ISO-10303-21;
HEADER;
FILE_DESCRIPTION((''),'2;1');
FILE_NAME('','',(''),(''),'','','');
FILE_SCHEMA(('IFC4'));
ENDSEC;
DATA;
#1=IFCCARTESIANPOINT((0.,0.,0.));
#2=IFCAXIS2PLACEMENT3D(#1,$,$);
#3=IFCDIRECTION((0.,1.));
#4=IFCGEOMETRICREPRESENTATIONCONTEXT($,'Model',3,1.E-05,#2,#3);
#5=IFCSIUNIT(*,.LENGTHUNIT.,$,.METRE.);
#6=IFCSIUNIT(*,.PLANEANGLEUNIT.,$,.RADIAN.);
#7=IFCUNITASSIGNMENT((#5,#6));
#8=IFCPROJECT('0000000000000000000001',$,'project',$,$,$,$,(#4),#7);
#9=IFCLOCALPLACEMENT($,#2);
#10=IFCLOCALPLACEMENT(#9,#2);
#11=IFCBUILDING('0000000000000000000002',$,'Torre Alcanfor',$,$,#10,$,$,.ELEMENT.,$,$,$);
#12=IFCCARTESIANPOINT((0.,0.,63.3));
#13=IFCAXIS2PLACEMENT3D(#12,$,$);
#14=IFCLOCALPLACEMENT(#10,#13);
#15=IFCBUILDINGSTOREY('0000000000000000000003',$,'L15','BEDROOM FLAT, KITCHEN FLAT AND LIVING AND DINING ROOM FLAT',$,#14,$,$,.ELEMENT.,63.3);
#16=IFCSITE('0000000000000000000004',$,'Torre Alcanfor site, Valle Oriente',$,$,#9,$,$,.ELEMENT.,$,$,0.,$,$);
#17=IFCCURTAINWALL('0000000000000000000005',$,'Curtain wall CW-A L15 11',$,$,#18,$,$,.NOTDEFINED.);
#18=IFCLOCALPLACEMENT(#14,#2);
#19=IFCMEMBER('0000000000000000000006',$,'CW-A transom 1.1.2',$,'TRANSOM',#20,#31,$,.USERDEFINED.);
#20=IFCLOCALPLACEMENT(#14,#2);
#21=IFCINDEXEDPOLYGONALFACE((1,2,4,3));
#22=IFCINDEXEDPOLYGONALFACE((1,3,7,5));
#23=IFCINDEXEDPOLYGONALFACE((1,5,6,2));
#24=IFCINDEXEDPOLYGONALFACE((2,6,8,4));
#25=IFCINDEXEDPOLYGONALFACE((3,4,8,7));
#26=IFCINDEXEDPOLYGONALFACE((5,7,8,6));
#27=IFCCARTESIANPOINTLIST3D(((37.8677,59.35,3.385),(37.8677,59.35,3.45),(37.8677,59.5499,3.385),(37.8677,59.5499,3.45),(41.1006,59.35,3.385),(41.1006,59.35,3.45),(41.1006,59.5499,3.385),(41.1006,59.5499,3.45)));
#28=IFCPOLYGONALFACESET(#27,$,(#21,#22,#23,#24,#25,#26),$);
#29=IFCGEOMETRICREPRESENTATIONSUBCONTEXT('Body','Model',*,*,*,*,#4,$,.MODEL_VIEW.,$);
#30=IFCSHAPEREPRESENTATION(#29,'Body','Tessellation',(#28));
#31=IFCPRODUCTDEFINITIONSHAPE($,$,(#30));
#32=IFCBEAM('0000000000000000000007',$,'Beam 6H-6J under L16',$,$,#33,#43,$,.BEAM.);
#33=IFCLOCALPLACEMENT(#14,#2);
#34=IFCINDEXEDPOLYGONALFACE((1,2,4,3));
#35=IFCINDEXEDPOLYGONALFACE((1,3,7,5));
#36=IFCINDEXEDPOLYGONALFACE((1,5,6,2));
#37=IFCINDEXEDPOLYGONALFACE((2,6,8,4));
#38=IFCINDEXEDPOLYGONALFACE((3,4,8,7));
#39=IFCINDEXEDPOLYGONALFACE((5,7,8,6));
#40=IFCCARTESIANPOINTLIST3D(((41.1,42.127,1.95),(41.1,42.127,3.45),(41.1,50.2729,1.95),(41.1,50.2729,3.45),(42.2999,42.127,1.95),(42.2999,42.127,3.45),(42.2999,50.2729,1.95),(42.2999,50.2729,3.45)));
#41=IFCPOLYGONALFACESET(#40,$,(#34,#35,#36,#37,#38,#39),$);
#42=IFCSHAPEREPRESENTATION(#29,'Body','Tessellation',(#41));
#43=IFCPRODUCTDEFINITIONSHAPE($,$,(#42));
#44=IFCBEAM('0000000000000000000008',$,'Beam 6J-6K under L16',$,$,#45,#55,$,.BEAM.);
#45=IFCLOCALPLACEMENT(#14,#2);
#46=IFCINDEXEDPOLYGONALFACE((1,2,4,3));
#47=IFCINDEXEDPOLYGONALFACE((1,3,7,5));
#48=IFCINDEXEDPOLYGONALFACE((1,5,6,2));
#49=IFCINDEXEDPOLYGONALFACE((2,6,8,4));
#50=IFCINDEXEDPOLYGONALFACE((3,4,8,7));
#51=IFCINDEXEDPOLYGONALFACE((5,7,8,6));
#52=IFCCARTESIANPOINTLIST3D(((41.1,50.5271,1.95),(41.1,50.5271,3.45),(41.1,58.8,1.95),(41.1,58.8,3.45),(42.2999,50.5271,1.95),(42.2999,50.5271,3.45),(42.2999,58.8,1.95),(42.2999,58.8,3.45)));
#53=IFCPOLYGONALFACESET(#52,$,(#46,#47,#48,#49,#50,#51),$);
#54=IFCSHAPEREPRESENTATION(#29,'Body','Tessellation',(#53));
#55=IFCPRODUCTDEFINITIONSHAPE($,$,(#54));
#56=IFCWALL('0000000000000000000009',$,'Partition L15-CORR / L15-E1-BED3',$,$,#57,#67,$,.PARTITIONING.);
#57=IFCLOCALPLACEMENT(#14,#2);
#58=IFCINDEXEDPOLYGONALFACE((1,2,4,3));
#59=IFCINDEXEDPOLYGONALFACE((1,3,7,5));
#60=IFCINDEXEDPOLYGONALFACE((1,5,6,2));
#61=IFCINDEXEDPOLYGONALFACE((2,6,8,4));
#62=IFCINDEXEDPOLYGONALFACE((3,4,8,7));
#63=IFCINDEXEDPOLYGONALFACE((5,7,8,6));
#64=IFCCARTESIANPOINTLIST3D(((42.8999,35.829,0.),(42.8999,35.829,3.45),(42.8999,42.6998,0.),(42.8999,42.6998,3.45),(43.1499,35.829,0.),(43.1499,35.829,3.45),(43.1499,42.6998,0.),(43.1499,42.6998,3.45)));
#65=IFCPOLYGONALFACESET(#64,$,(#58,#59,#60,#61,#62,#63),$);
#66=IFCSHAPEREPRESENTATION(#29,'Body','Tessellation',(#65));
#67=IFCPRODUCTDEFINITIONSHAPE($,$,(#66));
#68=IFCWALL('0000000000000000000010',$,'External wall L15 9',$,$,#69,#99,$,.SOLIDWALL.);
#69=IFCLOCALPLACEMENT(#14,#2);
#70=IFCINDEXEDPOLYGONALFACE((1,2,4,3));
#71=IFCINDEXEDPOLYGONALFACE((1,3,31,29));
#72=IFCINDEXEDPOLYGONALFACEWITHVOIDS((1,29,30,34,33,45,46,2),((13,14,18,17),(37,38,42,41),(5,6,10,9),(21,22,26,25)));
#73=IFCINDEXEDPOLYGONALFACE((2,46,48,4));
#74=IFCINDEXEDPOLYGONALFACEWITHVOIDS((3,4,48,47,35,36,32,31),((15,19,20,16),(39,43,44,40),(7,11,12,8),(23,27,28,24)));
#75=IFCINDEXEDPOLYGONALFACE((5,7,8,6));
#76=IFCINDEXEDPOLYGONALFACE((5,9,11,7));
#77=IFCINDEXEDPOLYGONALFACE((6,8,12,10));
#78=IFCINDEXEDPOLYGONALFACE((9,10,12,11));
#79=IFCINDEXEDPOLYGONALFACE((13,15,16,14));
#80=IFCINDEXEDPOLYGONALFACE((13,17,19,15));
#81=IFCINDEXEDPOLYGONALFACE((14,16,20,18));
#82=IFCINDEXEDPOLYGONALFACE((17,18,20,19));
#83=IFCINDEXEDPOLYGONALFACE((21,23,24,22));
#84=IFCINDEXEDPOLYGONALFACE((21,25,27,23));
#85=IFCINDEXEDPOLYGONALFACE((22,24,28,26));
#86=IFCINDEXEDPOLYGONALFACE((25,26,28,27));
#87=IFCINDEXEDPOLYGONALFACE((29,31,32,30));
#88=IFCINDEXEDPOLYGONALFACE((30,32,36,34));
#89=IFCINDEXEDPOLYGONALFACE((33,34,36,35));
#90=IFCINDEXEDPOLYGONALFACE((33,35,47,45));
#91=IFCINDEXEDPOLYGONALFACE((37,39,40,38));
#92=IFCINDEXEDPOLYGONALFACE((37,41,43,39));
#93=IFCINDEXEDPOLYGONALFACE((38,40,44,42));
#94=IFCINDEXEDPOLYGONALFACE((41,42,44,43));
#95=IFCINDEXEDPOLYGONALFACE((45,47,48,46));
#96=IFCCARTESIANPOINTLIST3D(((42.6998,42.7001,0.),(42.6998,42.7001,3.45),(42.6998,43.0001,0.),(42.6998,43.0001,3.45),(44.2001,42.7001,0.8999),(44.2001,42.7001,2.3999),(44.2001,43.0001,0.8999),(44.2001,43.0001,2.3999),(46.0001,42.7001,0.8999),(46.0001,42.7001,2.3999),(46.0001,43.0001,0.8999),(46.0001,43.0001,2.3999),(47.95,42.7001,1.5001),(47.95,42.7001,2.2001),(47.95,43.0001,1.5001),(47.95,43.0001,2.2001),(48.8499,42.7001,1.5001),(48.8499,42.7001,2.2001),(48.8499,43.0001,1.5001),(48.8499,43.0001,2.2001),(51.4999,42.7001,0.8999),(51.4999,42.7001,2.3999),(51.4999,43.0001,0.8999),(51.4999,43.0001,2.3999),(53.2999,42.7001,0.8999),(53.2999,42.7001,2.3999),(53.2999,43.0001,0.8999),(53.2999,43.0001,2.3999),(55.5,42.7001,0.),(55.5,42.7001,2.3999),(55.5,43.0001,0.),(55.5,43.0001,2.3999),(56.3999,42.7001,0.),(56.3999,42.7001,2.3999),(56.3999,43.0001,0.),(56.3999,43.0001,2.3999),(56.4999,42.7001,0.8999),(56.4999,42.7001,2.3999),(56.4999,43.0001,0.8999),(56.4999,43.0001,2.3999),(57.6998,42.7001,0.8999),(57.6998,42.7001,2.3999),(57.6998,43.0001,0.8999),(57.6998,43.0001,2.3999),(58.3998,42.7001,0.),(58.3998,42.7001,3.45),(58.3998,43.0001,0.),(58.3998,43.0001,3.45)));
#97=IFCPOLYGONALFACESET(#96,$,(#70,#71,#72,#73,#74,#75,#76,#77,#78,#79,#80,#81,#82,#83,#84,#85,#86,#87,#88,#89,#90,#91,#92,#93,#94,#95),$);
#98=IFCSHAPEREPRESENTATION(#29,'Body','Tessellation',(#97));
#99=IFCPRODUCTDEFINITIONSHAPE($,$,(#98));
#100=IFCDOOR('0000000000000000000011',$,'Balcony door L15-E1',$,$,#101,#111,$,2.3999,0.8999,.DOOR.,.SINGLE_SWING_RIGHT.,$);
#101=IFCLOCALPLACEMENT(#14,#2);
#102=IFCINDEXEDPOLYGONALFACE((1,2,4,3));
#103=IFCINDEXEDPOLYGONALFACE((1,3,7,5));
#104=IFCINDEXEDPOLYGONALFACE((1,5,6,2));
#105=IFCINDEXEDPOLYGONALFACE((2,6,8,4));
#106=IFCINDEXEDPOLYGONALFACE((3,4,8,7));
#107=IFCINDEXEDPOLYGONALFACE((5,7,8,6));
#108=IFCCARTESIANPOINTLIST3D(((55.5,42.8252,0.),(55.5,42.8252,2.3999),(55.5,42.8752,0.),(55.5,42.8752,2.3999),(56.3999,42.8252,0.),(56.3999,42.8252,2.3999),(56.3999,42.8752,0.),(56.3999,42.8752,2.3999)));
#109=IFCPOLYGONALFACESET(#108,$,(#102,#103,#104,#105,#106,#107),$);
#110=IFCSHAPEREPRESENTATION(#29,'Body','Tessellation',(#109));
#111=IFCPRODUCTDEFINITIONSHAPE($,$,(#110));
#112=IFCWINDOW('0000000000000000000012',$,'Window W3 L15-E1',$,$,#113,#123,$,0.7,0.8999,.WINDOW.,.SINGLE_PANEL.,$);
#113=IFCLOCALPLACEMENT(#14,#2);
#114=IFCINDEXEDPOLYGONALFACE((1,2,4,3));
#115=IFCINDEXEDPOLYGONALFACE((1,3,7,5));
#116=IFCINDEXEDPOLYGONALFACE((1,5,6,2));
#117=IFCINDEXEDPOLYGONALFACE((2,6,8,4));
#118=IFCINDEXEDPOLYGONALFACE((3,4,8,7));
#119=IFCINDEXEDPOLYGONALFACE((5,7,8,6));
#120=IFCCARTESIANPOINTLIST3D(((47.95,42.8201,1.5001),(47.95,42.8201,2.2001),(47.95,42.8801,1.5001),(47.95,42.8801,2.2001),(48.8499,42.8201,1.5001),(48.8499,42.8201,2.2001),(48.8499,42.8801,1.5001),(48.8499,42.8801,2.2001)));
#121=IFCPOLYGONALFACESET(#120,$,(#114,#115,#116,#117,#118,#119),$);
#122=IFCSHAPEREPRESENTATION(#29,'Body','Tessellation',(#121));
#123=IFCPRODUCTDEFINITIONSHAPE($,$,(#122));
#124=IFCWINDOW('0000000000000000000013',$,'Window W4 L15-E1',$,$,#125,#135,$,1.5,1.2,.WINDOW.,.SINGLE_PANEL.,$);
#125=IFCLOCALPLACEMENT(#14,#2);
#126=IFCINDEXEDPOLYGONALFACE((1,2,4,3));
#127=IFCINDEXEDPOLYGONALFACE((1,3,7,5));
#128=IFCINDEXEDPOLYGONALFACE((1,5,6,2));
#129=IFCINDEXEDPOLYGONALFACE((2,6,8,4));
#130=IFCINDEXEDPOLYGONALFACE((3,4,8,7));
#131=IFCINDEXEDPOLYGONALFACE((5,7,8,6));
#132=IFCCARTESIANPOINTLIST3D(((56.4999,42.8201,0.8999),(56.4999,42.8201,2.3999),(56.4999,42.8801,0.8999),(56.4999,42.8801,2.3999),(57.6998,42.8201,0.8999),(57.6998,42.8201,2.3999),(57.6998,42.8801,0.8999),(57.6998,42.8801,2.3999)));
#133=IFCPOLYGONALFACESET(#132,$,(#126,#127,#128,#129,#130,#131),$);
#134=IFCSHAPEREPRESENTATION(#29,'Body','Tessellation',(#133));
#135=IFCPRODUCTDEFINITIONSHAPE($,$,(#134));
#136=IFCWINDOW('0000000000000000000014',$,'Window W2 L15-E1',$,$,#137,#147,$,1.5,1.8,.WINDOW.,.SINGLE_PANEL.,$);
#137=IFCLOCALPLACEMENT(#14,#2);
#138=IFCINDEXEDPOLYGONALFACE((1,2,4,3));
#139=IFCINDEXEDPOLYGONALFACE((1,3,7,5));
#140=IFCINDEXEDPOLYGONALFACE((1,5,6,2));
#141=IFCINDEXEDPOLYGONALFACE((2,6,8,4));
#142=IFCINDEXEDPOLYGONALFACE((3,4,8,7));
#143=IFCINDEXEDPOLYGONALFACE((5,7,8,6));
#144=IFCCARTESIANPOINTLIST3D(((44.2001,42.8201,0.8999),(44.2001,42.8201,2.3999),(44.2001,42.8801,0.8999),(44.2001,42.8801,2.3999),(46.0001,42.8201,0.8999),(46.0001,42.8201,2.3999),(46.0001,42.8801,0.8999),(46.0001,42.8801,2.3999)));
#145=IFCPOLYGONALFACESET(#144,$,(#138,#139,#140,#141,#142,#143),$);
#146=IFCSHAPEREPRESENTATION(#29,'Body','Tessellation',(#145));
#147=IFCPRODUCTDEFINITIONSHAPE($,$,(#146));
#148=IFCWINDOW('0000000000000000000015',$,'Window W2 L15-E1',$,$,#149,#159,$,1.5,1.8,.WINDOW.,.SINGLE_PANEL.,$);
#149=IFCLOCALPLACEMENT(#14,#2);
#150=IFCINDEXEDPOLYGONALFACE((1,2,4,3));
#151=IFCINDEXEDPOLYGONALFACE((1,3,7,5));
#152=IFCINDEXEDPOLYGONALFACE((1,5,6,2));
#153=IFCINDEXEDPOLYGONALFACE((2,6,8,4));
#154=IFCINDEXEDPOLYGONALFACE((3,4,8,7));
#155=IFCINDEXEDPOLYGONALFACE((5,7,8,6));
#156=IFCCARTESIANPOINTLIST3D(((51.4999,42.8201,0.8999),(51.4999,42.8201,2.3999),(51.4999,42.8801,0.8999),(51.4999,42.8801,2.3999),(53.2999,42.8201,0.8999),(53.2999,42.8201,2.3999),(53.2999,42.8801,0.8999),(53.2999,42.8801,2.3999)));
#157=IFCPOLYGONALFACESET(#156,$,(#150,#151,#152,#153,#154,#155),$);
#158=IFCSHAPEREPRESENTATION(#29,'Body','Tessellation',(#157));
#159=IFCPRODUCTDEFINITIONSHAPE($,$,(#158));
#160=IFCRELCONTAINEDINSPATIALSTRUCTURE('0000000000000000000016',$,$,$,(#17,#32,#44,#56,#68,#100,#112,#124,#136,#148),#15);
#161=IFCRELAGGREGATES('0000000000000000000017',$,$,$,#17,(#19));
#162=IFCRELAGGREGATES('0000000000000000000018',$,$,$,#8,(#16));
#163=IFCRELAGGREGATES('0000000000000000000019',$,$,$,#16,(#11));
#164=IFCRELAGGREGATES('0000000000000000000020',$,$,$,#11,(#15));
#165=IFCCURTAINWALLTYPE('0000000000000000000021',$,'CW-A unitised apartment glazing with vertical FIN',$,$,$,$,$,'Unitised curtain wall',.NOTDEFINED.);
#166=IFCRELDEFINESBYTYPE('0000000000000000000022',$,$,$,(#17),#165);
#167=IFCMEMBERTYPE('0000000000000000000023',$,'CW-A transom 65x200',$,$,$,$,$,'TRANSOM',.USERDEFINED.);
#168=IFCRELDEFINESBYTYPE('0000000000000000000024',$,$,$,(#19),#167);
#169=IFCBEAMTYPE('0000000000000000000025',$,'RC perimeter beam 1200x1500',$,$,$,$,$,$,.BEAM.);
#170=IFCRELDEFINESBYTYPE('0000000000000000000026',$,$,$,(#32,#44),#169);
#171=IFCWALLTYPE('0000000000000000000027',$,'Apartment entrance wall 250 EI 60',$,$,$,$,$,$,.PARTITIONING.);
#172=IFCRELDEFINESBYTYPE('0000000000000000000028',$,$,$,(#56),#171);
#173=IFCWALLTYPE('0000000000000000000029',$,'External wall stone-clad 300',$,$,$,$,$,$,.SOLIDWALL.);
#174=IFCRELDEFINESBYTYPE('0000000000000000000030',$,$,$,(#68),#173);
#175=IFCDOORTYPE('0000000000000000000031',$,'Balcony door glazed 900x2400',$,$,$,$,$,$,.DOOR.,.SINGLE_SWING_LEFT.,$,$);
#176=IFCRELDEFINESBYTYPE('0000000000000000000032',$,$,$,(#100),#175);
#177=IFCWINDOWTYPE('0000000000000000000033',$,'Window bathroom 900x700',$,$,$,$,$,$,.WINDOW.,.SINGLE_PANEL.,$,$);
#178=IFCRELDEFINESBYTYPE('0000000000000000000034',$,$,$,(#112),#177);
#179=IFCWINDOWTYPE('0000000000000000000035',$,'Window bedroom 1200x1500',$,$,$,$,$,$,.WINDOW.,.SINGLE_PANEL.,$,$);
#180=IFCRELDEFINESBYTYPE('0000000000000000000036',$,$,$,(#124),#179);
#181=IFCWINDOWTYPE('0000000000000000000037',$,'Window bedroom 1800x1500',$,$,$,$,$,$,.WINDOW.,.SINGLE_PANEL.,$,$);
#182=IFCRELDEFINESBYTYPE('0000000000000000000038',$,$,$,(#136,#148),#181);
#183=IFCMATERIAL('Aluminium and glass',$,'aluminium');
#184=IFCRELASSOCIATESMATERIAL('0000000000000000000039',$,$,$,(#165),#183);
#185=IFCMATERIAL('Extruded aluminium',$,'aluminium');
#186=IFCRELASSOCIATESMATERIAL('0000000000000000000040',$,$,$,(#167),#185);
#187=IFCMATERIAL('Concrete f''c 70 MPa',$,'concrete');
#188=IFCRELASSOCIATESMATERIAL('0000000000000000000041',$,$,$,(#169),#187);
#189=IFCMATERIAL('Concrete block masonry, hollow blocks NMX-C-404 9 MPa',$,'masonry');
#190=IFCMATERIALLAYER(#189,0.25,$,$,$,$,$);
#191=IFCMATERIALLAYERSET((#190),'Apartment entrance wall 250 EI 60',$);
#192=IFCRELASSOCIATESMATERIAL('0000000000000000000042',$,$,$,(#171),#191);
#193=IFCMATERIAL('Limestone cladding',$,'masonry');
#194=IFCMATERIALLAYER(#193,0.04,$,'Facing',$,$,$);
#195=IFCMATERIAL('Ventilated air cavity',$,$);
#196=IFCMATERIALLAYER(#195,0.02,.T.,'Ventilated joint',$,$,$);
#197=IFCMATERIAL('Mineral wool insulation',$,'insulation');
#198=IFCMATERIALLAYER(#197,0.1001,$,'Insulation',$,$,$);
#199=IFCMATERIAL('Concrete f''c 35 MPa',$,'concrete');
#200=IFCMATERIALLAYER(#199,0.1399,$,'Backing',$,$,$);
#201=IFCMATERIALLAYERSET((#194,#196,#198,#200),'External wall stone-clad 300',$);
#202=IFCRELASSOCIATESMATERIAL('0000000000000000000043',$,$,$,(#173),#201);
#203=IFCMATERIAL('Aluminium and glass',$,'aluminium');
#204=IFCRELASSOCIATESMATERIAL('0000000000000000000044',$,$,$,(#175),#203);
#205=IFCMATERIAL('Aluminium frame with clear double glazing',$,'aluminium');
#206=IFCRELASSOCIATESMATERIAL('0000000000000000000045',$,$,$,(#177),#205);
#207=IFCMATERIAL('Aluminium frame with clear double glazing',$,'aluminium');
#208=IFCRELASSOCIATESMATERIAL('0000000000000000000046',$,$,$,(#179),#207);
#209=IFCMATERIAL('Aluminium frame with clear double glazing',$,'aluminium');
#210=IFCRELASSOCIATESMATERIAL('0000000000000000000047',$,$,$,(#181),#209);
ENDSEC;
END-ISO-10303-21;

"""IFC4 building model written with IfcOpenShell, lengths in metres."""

from ifc_helpers import new_model, si_unit, direction, frame, frame_2d, origin, origin_2d, place, context, subcontext, project, spatial, rectangle, extrude, material, layer, layer_set, material_profile, profile_set, type_object, element, fill, aggregate, save


model = new_model("IFC4")

# Units and contexts
model_context = context("Model", 3, precision=1e-05, world=origin(), true_north=direction((0.0, 1.0)))
body_context = subcontext(model_context, "Body", "Model", "MODEL_VIEW")
ifc_project = project(units=[si_unit("LENGTHUNIT", "METRE"), si_unit("PLANEANGLEUNIT", "RADIAN")], contexts=[model_context])

# Site, building, storey
site_placement = place(None, origin())
site = spatial("IfcSite", under=ifc_project, at=site_placement, Name="Torre Alcanfor site, Valle Oriente", CompositionType="ELEMENT", RefElevation=0.0)
building_placement = place(site_placement, origin())
building = spatial("IfcBuilding", under=site, at=building_placement, Name="Torre Alcanfor", CompositionType="ELEMENT")
storey_placement = place(building_placement, frame((0.0, 0.0, 63.3)))
storey = spatial("IfcBuildingStorey", under=building, at=storey_placement, Name="L15", Description="BEDROOM FLAT, KITCHEN FLAT AND LIVING AND DINING ROOM FLAT", CompositionType="ELEMENT", Elevation=63.3)

# Curtain wall, member
ifc_material_1 = material(Name="Aluminium and glass", Category="aluminium")
curtain_wall_type = type_object("IfcCurtainWallType", Name="CW-A unitised apartment glazing with vertical FIN", ElementType="Unitised curtain wall", PredefinedType="NOTDEFINED", material=ifc_material_1)
curtain_wall_placement = place(storey_placement, origin())
curtain_wall = element("IfcCurtainWall", 1, at=curtain_wall_placement, inside=storey, type_object=curtain_wall_type, Name="Curtain wall CW-A L15 11", PredefinedType="NOTDEFINED")
ifc_material_2 = material(Name="Extruded aluminium", Category="aluminium")
ifc_material_profile_1 = material_profile(ifc_material_2, rectangle(XDim=0.2, YDim=0.0649, at=origin_2d()), Name="CW-A transom 200x65")
ifc_profile_set_1 = profile_set([ifc_material_profile_1], Name="Extruded aluminium")
member_type_1 = type_object("IfcMemberType", Name="CW-A transom 65x200", ElementType="TRANSOM", PredefinedType="USERDEFINED", material=ifc_profile_set_1)
member_1_placement = place(storey_placement, frame((41.1006, 59.45, 3.4175), z_axis=(-1.0, 0.0, 0.0), x_axis=(0.0, -1.0, 0.0)))
member_1 = element("IfcMember", 2, at=member_1_placement, type_object=member_type_1, Name="CW-A transom 1.1.2", ObjectType="TRANSOM", PredefinedType="USERDEFINED", context=body_context, shape_type="SweptSolid", body=[
    extrude(rectangle(XDim=0.2, YDim=0.0649, at=origin_2d()), origin(), (0.0, 0.0, 1.0), 3.2329),
])
aggregate(curtain_wall, [member_1])

# Beams
ifc_material_3 = material(Name="Concrete f'c 70 MPa", Category="concrete")
ifc_material_profile_2 = material_profile(ifc_material_3, rectangle(XDim=1.2, YDim=1.5, at=origin_2d()), Name="1200x1500")
ifc_profile_set_2 = profile_set([ifc_material_profile_2], Name="Concrete f'c 70 MPa")
beam_type_1 = type_object("IfcBeamType", Name="RC perimeter beam 1200x1500", PredefinedType="BEAM", material=ifc_profile_set_2)
beam_1_placement = place(storey_placement, frame((41.7, 42.127, 2.7), z_axis=(0.0, 1.0, 0.0), x_axis=(-1.0, 0.0, 0.0)))
element("IfcBeam", 3, at=beam_1_placement, inside=storey, type_object=beam_type_1, Name="Beam 6H-6J under L16", PredefinedType="BEAM", context=body_context, shape_type="SweptSolid", body=[
    extrude(rectangle(XDim=1.2, YDim=1.5, at=origin_2d()), origin(), (0.0, 0.0, 1.0), 8.146),
])
beam_2_placement = place(storey_placement, frame((41.7, 50.5271, 2.7), z_axis=(0.0, 1.0, 0.0), x_axis=(-1.0, 0.0, 0.0)))
element("IfcBeam", 4, at=beam_2_placement, inside=storey, type_object=beam_type_1, Name="Beam 6J-6K under L16", PredefinedType="BEAM", context=body_context, shape_type="SweptSolid", body=[
    extrude(rectangle(XDim=1.2, YDim=1.5, at=origin_2d()), origin(), (0.0, 0.0, 1.0), 8.2729),
])

# Wall
ifc_material_4 = material(Name="Concrete block masonry, hollow blocks NMX-C-404 9 MPa", Category="masonry")
ifc_layer_1 = layer(ifc_material_4, 0.25)
ifc_layer_set_1 = layer_set([ifc_layer_1], Name="Apartment entrance wall 250 EI 60")
wall_type_1 = type_object("IfcWallType", Name="Apartment entrance wall 250 EI 60", PredefinedType="PARTITIONING", material=ifc_layer_set_1)
wall_1_placement = place(storey_placement, frame((43.0249, 42.7, 0.0), z_axis=(0.0, 0.0, 1.0), x_axis=(0.0, -1.0, 0.0)))
element("IfcWall", 5, at=wall_1_placement, inside=storey, type_object=wall_type_1, Name="Partition L15-CORR / L15-E1-BED3", PredefinedType="PARTITIONING", context=body_context, shape_type="SweptSolid", body=[
    extrude(rectangle(XDim=6.8708, YDim=0.25, at=frame_2d((3.4355, 0.0))), origin(), (0.0, 0.0, 1.0), 3.45),
])

# Wall, openings, door, windows
ifc_material_5 = material(Name="Limestone cladding", Category="masonry")
ifc_layer_2 = layer(ifc_material_5, 0.04, Name="Facing")
ifc_material_6 = material(Name="Ventilated air cavity")
ifc_layer_3 = layer(ifc_material_6, 0.02, ventilated=True, Name="Ventilated joint")
ifc_material_7 = material(Name="Mineral wool insulation", Category="insulation")
ifc_layer_4 = layer(ifc_material_7, 0.1001, Name="Insulation")
ifc_material_8 = material(Name="Concrete f'c 35 MPa", Category="concrete")
ifc_layer_5 = layer(ifc_material_8, 0.1399, Name="Backing")
ifc_layer_set_2 = layer_set([ifc_layer_2, ifc_layer_3, ifc_layer_4, ifc_layer_5], Name="External wall stone-clad 300")
wall_type_2 = type_object("IfcWallType", Name="External wall stone-clad 300", PredefinedType="SOLIDWALL", material=ifc_layer_set_2)
wall_2_placement = place(storey_placement, frame((58.3999, 42.8501, 0.0), z_axis=(0.0, 0.0, 1.0), x_axis=(-1.0, 0.0, 0.0)))
wall_2 = element("IfcWall", 6, at=wall_2_placement, inside=storey, type_object=wall_type_2, Name="External wall L15 9", PredefinedType="SOLIDWALL", context=body_context, shape_type="SweptSolid", body=[
    extrude(rectangle(XDim=15.7, YDim=0.3, at=frame_2d((7.8501, 0.0))), origin(), (0.0, 0.0, 1.0), 3.45),
])
opening_1_placement = place(wall_2_placement, frame((12.3999, 0.0, 0.8999)))
opening_1 = element("IfcOpeningElement", 7, at=opening_1_placement, cuts=wall_2, PredefinedType="OPENING", context=body_context, shape_type="SweptSolid", body=[
    extrude(rectangle(XDim=1.8, YDim=1.5, at=frame_2d((0.8999, 0.75))), frame((0.0, 0.1599, 0.0), z_axis=(0.0, -1.0, 0.0), x_axis=(1.0, 0.0, 0.0)), (0.0, 0.0, 1.0), 0.3201),
])
opening_2_placement = place(wall_2_placement, frame((9.55, 0.0, 1.5)))
opening_2 = element("IfcOpeningElement", 8, at=opening_2_placement, cuts=wall_2, PredefinedType="OPENING", context=body_context, shape_type="SweptSolid", body=[
    extrude(rectangle(XDim=0.8999, YDim=0.7, at=frame_2d((0.45, 0.3501))), frame((0.0, 0.1599, 0.0), z_axis=(0.0, -1.0, 0.0), x_axis=(1.0, 0.0, 0.0)), (0.0, 0.0, 1.0), 0.3201),
])
opening_3_placement = place(wall_2_placement, frame((5.1001, 0.0, 0.8999)))
opening_3 = element("IfcOpeningElement", 9, at=opening_3_placement, cuts=wall_2, PredefinedType="OPENING", context=body_context, shape_type="SweptSolid", body=[
    extrude(rectangle(XDim=1.8, YDim=1.5, at=frame_2d((0.8999, 0.75))), frame((0.0, 0.1599, 0.0), z_axis=(0.0, -1.0, 0.0), x_axis=(1.0, 0.0, 0.0)), (0.0, 0.0, 1.0), 0.3201),
])
opening_4_placement = place(wall_2_placement, frame((2.0, 0.0, 0.0)))
opening_4 = element("IfcOpeningElement", 10, at=opening_4_placement, cuts=wall_2, PredefinedType="OPENING", context=body_context, shape_type="SweptSolid", body=[
    extrude(rectangle(XDim=0.8999, YDim=2.3999, at=frame_2d((0.45, 1.2))), frame((0.0, 0.1599, 0.0), z_axis=(0.0, -1.0, 0.0), x_axis=(1.0, 0.0, 0.0)), (0.0, 0.0, 1.0), 0.3201),
])
opening_5_placement = place(wall_2_placement, frame((0.7, 0.0, 0.8999)))
opening_5 = element("IfcOpeningElement", 11, at=opening_5_placement, cuts=wall_2, PredefinedType="OPENING", context=body_context, shape_type="SweptSolid", body=[
    extrude(rectangle(XDim=1.2, YDim=1.5, at=frame_2d((0.6001, 0.75))), frame((0.0, 0.1599, 0.0), z_axis=(0.0, -1.0, 0.0), x_axis=(1.0, 0.0, 0.0)), (0.0, 0.0, 1.0), 0.3201),
])
ifc_material_9 = material(Name="Aluminium and glass", Category="aluminium")
door_type = type_object("IfcDoorType", Name="Balcony door glazed 900x2400", OperationType="SINGLE_SWING_LEFT", PredefinedType="DOOR", material=ifc_material_9)
door_1_placement = place(opening_4_placement, origin())
door_1 = element("IfcDoor", 12, at=door_1_placement, inside=storey, type_object=door_type, Name="Balcony door L15-E1", OperationType="SINGLE_SWING_RIGHT", OverallHeight=2.3999, OverallWidth=0.8999, PredefinedType="DOOR", context=body_context, shape_type="SweptSolid", body=[
    extrude(rectangle(XDim=0.8999, YDim=2.3999, at=frame_2d((0.45, 1.2))), frame((0.0, 0.0249, 0.0), z_axis=(0.0, -1.0, 0.0), x_axis=(1.0, 0.0, 0.0)), (0.0, 0.0, 1.0), 0.05),
])
fill(opening_4, door_1)
ifc_material_10 = material(Name="Aluminium frame with clear double glazing", Category="aluminium")
window_type_1 = type_object("IfcWindowType", Name="Window bathroom 900x700", PartitioningType="SINGLE_PANEL", PredefinedType="WINDOW", material=ifc_material_10)
window_1_placement = place(opening_2_placement, origin())
window_1 = element("IfcWindow", 13, at=window_1_placement, inside=storey, type_object=window_type_1, Name="Window W3 L15-E1", OverallHeight=0.7, OverallWidth=0.8999, PartitioningType="SINGLE_PANEL", PredefinedType="WINDOW", context=body_context, shape_type="SweptSolid", body=[
    extrude(rectangle(XDim=0.8999, YDim=0.7, at=frame_2d((0.45, 0.3501))), frame((0.0, 0.03, 0.0), z_axis=(0.0, -1.0, 0.0), x_axis=(1.0, 0.0, 0.0)), (0.0, 0.0, 1.0), 0.0601),
])
fill(opening_2, window_1)
ifc_material_11 = material(Name="Aluminium frame with clear double glazing", Category="aluminium")
window_type_2 = type_object("IfcWindowType", Name="Window bedroom 1200x1500", PartitioningType="SINGLE_PANEL", PredefinedType="WINDOW", material=ifc_material_11)
window_2_placement = place(opening_5_placement, origin())
window_2 = element("IfcWindow", 14, at=window_2_placement, inside=storey, type_object=window_type_2, Name="Window W4 L15-E1", OverallHeight=1.5, OverallWidth=1.2, PartitioningType="SINGLE_PANEL", PredefinedType="WINDOW", context=body_context, shape_type="SweptSolid", body=[
    extrude(rectangle(XDim=1.2, YDim=1.5, at=frame_2d((0.6001, 0.75))), frame((0.0, 0.03, 0.0), z_axis=(0.0, -1.0, 0.0), x_axis=(1.0, 0.0, 0.0)), (0.0, 0.0, 1.0), 0.0601),
])
fill(opening_5, window_2)
ifc_material_12 = material(Name="Aluminium frame with clear double glazing", Category="aluminium")
window_type_3 = type_object("IfcWindowType", Name="Window bedroom 1800x1500", PartitioningType="SINGLE_PANEL", PredefinedType="WINDOW", material=ifc_material_12)
window_3_placement = place(opening_1_placement, origin())
window_3 = element("IfcWindow", 15, at=window_3_placement, inside=storey, type_object=window_type_3, Name="Window W2 L15-E1", OverallHeight=1.5, OverallWidth=1.8, PartitioningType="SINGLE_PANEL", PredefinedType="WINDOW", context=body_context, shape_type="SweptSolid", body=[
    extrude(rectangle(XDim=1.8, YDim=1.5, at=frame_2d((0.8999, 0.75))), frame((0.0, 0.03, 0.0), z_axis=(0.0, -1.0, 0.0), x_axis=(1.0, 0.0, 0.0)), (0.0, 0.0, 1.0), 0.0601),
])
fill(opening_1, window_3)
window_4_placement = place(opening_3_placement, origin())
window_4 = element("IfcWindow", 16, at=window_4_placement, inside=storey, type_object=window_type_3, Name="Window W2 L15-E1", OverallHeight=1.5, OverallWidth=1.8, PartitioningType="SINGLE_PANEL", PredefinedType="WINDOW", context=body_context, shape_type="SweptSolid", body=[
    extrude(rectangle(XDim=1.8, YDim=1.5, at=frame_2d((0.8999, 0.75))), frame((0.0, 0.03, 0.0), z_axis=(0.0, -1.0, 0.0), x_axis=(1.0, 0.0, 0.0)), (0.0, 0.0, 1.0), 0.0601),
])
fill(opening_3, window_4)

save(model, "model.ifc")
